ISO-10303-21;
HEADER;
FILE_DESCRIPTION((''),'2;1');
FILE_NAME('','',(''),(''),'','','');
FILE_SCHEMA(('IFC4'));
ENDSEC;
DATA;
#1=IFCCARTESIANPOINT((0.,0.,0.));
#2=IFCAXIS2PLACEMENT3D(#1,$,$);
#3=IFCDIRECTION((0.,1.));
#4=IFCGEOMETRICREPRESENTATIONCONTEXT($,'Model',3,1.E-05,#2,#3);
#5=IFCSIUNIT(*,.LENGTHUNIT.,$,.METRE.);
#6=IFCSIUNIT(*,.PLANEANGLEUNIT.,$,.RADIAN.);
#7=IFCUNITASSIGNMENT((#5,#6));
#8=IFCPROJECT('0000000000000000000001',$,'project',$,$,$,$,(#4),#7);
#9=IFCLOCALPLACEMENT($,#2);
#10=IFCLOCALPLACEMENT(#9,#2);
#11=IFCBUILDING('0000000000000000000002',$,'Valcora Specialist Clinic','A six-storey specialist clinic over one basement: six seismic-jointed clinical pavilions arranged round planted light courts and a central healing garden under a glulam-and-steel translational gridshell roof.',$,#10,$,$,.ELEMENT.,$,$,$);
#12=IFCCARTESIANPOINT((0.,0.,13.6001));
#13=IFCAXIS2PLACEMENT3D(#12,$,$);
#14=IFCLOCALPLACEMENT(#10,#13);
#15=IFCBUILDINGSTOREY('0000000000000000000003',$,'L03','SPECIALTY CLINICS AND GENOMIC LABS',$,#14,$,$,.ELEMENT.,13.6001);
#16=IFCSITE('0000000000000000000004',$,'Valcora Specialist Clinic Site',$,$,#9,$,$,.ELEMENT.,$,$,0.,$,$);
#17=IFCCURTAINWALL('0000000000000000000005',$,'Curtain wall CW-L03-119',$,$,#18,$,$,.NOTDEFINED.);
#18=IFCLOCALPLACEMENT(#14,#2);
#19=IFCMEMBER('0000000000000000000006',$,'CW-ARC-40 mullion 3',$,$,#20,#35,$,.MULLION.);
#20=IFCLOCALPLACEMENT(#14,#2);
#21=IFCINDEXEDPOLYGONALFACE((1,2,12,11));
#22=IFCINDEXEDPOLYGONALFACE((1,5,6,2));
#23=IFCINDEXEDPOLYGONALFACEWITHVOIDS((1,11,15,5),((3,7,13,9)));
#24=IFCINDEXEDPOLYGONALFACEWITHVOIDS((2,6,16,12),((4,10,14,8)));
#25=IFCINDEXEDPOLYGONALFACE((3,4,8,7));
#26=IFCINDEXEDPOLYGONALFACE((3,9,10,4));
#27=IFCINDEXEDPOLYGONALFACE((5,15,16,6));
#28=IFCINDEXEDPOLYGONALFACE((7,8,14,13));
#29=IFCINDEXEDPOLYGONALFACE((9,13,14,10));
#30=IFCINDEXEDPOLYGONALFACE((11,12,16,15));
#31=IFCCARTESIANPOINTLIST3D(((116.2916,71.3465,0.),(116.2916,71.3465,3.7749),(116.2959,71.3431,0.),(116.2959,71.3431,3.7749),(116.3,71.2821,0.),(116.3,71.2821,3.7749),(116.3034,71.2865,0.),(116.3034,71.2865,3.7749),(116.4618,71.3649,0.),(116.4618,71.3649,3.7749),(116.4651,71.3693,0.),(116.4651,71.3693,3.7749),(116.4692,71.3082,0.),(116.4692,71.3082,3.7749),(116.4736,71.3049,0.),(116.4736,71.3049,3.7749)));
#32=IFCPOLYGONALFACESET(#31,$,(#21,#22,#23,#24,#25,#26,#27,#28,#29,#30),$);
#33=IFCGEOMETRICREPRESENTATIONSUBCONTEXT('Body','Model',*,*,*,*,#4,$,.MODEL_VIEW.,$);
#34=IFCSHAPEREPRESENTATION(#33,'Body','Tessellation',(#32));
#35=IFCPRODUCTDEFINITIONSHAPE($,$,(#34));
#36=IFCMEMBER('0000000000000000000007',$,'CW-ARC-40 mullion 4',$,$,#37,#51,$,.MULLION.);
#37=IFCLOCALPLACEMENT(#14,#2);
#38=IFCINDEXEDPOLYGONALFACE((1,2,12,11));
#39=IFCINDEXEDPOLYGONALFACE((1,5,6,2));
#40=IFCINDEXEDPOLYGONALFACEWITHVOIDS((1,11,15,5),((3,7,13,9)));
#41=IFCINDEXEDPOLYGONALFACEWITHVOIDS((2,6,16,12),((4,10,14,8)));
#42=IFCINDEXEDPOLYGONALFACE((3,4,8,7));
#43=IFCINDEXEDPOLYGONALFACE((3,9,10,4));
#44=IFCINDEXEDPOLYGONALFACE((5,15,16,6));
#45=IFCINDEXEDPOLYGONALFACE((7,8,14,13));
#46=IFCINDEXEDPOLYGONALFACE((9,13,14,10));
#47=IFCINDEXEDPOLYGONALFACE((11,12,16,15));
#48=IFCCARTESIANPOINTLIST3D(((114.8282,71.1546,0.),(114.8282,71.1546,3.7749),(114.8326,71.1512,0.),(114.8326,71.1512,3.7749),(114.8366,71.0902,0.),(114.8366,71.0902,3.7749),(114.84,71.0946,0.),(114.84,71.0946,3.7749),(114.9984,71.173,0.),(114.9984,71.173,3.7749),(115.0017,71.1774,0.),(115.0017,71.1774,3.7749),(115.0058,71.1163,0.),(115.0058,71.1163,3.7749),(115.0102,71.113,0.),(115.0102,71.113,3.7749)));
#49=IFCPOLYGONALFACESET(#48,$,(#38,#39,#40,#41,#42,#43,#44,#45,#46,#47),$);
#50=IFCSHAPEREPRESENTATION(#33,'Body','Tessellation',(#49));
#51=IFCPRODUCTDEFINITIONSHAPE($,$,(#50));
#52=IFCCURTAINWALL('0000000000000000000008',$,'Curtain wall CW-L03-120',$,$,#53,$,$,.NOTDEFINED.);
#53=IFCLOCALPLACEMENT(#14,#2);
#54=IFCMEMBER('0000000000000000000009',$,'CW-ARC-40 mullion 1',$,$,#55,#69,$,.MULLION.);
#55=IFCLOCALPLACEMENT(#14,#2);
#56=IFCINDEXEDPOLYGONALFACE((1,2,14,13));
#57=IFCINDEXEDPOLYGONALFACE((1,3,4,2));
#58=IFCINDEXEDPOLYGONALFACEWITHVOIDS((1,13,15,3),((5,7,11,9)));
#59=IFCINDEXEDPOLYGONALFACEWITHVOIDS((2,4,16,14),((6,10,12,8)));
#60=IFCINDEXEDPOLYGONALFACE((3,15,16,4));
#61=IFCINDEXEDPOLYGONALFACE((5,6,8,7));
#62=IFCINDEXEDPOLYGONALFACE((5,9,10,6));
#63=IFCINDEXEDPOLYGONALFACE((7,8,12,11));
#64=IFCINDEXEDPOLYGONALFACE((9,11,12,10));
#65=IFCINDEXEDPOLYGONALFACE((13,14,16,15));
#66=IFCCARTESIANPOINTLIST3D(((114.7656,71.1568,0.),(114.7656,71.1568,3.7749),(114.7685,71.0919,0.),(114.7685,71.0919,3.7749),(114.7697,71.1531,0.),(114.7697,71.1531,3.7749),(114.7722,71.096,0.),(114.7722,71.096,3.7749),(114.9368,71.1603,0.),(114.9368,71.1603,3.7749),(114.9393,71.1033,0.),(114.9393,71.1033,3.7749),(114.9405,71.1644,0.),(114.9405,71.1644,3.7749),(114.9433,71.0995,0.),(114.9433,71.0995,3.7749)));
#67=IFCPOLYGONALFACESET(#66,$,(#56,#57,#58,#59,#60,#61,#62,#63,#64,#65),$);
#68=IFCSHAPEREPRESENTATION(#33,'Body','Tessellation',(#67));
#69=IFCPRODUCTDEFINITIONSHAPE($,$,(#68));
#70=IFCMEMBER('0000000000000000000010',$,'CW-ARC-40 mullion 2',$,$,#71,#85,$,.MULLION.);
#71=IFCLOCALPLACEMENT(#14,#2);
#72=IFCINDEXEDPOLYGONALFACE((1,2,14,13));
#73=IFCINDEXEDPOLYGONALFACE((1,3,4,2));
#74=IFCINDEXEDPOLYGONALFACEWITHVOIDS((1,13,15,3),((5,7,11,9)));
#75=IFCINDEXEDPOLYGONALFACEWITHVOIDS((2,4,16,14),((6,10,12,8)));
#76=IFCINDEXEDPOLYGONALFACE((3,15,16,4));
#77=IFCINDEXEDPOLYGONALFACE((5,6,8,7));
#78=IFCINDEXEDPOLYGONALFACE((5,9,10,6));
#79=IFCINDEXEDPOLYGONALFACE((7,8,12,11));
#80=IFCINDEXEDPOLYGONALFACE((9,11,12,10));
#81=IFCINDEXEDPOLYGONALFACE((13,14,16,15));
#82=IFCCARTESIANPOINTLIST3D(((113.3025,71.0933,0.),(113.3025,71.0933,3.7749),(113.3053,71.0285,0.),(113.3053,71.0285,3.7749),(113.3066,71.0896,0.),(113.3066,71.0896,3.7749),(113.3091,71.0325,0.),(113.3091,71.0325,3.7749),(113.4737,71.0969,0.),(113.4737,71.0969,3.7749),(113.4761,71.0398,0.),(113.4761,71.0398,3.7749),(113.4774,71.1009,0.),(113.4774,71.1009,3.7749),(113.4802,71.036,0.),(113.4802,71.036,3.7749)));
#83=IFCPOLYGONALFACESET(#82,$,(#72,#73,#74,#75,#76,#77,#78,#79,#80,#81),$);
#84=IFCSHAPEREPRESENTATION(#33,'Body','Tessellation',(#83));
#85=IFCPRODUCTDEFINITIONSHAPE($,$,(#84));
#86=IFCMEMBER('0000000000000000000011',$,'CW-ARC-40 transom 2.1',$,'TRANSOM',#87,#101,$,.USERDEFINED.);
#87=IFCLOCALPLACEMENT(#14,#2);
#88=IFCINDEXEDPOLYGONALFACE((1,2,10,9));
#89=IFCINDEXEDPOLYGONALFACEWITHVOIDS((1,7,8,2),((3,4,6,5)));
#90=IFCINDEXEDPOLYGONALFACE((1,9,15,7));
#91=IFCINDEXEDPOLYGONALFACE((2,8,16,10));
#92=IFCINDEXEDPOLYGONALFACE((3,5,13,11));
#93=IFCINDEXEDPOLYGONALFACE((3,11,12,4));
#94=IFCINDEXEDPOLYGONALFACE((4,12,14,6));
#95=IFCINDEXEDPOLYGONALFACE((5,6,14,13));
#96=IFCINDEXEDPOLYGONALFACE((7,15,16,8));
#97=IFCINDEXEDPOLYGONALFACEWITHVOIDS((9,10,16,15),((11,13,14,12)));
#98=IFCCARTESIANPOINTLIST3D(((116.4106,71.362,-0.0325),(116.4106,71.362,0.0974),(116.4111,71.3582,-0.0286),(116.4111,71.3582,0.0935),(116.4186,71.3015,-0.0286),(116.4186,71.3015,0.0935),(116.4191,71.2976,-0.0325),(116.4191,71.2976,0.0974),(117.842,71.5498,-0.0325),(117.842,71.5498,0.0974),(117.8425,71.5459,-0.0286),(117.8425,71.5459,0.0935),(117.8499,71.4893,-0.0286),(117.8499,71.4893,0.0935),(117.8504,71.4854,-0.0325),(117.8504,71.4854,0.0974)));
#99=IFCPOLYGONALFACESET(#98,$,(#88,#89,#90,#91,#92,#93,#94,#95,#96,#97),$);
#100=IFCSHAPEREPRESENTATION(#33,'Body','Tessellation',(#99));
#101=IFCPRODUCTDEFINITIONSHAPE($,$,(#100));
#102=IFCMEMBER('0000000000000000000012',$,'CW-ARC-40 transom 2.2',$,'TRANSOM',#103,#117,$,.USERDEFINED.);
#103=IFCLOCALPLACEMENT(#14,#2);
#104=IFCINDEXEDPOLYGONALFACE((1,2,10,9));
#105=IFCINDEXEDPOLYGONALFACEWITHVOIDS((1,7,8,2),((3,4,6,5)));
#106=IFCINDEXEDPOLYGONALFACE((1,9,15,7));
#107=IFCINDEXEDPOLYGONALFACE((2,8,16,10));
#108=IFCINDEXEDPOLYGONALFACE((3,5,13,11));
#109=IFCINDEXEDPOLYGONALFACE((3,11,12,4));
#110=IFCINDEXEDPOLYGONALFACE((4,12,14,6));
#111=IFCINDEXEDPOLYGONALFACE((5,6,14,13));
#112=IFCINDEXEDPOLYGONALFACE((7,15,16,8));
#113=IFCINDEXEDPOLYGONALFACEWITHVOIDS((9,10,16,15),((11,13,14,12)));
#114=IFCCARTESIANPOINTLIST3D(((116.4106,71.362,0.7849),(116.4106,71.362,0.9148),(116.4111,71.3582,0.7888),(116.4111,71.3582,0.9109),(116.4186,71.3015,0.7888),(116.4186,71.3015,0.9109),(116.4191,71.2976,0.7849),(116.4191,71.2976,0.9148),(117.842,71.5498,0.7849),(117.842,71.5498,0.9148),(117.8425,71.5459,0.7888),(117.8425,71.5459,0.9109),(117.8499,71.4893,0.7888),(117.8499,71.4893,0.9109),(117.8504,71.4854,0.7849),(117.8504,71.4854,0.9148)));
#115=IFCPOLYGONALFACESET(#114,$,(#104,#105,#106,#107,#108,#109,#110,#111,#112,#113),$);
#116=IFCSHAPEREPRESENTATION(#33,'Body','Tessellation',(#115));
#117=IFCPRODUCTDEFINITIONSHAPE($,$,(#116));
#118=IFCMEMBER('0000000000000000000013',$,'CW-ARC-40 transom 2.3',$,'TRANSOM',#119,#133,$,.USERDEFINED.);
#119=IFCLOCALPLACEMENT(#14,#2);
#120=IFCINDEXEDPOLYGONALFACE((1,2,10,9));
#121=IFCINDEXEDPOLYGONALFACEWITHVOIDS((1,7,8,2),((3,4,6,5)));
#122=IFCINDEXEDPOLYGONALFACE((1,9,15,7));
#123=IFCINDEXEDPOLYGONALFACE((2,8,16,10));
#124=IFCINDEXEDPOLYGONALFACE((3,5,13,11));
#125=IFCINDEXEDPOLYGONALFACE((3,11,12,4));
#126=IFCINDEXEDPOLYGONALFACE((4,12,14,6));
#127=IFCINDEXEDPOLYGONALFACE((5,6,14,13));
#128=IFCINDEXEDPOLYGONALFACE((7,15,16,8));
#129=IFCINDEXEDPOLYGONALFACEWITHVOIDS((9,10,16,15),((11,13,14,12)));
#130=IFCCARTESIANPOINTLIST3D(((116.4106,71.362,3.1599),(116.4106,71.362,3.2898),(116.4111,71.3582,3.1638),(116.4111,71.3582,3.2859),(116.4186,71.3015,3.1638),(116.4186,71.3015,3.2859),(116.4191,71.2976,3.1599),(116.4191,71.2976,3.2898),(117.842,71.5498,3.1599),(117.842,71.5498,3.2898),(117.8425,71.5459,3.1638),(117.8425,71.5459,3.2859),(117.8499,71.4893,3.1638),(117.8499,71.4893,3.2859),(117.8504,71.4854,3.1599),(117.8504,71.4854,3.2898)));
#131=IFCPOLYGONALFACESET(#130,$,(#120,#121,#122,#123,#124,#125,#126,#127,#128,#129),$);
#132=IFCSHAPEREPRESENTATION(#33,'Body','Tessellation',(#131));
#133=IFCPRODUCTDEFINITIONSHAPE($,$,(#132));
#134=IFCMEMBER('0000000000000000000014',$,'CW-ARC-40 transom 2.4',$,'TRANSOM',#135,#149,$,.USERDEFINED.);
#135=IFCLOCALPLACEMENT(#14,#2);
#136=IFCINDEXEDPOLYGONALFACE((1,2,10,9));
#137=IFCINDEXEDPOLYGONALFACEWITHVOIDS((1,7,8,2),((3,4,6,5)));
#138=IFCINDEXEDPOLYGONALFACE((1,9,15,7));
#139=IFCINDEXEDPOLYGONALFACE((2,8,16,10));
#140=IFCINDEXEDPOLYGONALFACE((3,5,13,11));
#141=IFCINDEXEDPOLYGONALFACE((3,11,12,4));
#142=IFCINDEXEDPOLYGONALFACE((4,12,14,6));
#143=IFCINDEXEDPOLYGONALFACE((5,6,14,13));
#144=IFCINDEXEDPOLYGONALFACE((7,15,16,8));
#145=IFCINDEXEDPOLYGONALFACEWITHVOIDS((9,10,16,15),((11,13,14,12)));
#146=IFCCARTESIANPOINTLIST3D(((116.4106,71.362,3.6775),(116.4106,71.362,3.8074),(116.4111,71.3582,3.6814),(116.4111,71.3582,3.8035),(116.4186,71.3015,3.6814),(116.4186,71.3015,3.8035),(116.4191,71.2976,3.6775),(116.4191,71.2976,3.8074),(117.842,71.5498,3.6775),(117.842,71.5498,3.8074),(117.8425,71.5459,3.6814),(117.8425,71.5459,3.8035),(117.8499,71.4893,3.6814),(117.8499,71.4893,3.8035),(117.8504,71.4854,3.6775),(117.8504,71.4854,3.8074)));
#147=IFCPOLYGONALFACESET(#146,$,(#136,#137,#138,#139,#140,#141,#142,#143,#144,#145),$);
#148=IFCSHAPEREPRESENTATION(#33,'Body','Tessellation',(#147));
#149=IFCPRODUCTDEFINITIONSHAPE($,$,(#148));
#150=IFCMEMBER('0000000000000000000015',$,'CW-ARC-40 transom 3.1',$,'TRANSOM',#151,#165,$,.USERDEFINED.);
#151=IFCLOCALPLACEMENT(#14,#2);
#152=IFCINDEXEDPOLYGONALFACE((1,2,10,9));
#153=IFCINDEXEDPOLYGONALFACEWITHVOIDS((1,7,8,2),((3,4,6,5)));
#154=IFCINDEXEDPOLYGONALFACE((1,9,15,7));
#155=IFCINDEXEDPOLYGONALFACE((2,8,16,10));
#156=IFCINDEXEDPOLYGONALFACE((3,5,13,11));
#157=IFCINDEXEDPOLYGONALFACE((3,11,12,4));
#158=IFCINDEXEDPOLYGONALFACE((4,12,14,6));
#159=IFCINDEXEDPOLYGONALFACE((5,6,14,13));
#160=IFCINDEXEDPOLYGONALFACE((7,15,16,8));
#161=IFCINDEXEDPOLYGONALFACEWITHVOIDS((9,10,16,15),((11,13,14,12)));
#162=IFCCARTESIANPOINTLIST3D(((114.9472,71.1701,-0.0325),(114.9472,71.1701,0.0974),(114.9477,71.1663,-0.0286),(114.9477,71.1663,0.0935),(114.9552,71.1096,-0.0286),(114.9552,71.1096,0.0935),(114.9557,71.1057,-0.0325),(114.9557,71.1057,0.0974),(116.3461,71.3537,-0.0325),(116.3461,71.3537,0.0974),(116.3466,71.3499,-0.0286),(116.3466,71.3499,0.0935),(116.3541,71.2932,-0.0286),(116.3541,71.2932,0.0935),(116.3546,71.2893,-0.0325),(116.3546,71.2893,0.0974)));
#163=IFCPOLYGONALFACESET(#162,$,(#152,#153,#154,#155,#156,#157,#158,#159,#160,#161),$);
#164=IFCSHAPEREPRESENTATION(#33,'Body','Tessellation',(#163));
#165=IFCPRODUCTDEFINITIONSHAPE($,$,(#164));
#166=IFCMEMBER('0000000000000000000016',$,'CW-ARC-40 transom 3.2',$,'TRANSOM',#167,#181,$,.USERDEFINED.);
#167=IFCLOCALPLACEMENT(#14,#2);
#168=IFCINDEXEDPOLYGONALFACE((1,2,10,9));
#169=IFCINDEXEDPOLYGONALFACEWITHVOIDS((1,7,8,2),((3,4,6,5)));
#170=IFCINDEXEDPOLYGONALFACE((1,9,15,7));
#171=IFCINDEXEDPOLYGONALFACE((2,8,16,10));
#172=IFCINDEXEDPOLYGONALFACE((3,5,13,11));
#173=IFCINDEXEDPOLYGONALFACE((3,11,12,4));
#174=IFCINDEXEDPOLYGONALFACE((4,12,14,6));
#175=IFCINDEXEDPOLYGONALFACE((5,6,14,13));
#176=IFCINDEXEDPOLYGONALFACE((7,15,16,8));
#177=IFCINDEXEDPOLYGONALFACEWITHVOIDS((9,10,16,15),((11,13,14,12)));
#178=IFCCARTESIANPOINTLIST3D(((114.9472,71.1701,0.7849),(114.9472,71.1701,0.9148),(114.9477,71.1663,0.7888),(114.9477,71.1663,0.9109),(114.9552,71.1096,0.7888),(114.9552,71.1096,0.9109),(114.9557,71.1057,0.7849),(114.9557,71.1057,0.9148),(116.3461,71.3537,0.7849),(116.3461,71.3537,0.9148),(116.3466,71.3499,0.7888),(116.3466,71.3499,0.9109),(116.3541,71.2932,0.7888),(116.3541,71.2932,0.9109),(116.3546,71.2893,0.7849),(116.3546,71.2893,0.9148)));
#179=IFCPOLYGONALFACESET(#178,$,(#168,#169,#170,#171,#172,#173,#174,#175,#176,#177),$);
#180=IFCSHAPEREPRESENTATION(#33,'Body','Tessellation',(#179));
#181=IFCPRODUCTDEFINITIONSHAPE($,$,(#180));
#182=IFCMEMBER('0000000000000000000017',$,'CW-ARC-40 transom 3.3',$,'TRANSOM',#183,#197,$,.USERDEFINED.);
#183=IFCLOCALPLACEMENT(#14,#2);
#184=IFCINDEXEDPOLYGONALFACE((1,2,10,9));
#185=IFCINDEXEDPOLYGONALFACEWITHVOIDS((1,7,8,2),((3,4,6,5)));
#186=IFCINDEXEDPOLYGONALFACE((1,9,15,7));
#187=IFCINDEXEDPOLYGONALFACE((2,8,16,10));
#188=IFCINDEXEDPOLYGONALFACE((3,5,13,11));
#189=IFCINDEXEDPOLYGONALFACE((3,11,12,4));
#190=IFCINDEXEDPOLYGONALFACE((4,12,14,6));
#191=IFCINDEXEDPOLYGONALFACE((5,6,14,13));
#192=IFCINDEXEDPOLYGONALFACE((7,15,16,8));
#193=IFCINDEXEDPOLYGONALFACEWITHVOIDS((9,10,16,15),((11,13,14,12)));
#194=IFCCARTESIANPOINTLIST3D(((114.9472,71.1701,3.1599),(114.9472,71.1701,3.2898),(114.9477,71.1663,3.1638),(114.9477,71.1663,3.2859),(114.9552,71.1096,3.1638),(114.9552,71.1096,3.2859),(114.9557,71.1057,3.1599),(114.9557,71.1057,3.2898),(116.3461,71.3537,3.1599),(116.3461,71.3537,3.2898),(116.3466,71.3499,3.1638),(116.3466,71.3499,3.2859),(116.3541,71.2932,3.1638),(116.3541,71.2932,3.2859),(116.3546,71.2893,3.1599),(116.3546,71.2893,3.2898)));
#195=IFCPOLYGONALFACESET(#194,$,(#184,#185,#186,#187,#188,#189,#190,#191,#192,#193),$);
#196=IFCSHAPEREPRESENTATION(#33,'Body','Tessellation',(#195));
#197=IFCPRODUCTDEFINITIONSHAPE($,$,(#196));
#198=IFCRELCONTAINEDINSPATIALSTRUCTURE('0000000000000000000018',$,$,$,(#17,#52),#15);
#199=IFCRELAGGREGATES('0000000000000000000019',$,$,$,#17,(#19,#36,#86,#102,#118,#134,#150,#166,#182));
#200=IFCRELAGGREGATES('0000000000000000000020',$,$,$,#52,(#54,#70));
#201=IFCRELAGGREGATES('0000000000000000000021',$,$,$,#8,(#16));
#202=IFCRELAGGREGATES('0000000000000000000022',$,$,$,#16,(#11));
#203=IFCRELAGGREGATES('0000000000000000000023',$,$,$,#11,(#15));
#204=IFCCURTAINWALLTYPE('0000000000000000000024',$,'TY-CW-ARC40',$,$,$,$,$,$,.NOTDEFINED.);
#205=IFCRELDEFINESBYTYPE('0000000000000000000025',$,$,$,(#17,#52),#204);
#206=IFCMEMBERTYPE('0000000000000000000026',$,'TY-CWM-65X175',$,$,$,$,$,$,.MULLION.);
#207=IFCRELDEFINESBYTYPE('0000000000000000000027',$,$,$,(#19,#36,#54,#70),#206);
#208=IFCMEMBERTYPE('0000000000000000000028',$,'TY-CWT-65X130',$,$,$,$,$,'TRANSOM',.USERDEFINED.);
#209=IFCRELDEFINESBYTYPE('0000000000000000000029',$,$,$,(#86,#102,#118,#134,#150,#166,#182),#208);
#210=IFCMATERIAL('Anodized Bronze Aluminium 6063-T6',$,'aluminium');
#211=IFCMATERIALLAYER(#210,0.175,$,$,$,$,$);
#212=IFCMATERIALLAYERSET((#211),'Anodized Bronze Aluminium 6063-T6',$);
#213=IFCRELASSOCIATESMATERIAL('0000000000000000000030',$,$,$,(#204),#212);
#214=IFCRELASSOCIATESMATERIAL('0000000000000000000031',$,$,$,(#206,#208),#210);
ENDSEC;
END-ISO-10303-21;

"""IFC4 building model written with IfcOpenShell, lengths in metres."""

from ifc_helpers import new_model, si_unit, direction, frame, origin, origin_2d, place, context, subcontext, project, spatial, hollow_rectangle, extrude, material, layer, layer_set, material_profile, profile_set, type_object, element, aggregate, save


model = new_model("IFC4")

# Units and contexts
model_context = context("Model", 3, precision=1e-05, world=origin(), true_north=direction((0.0, 1.0)))
body_context = subcontext(model_context, "Body", "Model", "MODEL_VIEW")
ifc_project = project(units=[si_unit("LENGTHUNIT", "METRE"), si_unit("PLANEANGLEUNIT", "RADIAN")], contexts=[model_context])

# Site, building, storey
site_placement = place(None, origin())
site = spatial("IfcSite", under=ifc_project, at=site_placement, Name="Valcora Specialist Clinic Site", CompositionType="ELEMENT", RefElevation=0.0)
building_placement = place(site_placement, origin())
building = spatial("IfcBuilding", under=site, at=building_placement, Name="Valcora Specialist Clinic", Description="A six-storey specialist clinic over one basement: six seismic-jointed clinical pavilions arranged round planted light courts and a central healing garden under a glulam-and-steel translational gridshell roof.", CompositionType="ELEMENT")
storey_placement = place(building_placement, frame((0.0, 0.0, 13.6001)))
storey = spatial("IfcBuildingStorey", under=building, at=storey_placement, Name="L03", Description="SPECIALTY CLINICS AND GENOMIC LABS", CompositionType="ELEMENT", Elevation=13.6001)

# Curtain walls, members
ifc_material_1 = material(Name="Anodized Bronze Aluminium 6063-T6", Category="aluminium")
ifc_layer_1 = layer(ifc_material_1, 0.175)
ifc_layer_set_1 = layer_set([ifc_layer_1], Name="Anodized Bronze Aluminium 6063-T6")
curtain_wall_type = type_object("IfcCurtainWallType", Name="TY-CW-ARC40", PredefinedType="NOTDEFINED", material=ifc_layer_set_1)
curtain_wall_1_placement = place(storey_placement, origin())
curtain_wall_1 = element("IfcCurtainWall", 1, at=curtain_wall_1_placement, inside=storey, type_object=curtain_wall_type, Name="Curtain wall CW-L03-119", PredefinedType="NOTDEFINED")
ifc_material_profile_1 = material_profile(ifc_material_1, hollow_rectangle(XDim=0.0649, YDim=0.175, WallThickness=0.0039, at=origin_2d()), Name="AL-MUL-65X175")
ifc_profile_set_1 = profile_set([ifc_material_profile_1], Name="Anodized Bronze Aluminium 6063-T6")
member_type_1 = type_object("IfcMemberType", Name="TY-CWM-65X175", PredefinedType="MULLION", material=ifc_profile_set_1)
member_1_placement = place(storey_placement, frame((116.3826, 71.3257, 0.0), z_axis=(0.0, 0.0, 1.0), x_axis=(0.129999, -0.991514, 0.0)))
member_1 = element("IfcMember", 2, at=member_1_placement, type_object=member_type_1, Name="CW-ARC-40 mullion 3", PredefinedType="MULLION", context=body_context, shape_type="SweptSolid", body=[
    extrude(hollow_rectangle(XDim=0.0649, YDim=0.175, WallThickness=0.0039, at=origin_2d()), origin(), (0.0, 0.0, 1.0), 3.7749),
])
member_2_placement = place(storey_placement, frame((114.9192, 71.1338, 0.0), z_axis=(0.0, 0.0, 1.0), x_axis=(0.129999, -0.991514, 0.0)))
member_2 = element("IfcMember", 3, at=member_2_placement, type_object=member_type_1, Name="CW-ARC-40 mullion 4", PredefinedType="MULLION", context=body_context, shape_type="SweptSolid", body=[
    extrude(hollow_rectangle(XDim=0.0649, YDim=0.175, WallThickness=0.0039, at=origin_2d()), origin(), (0.0, 0.0, 1.0), 3.7749),
])
curtain_wall_2_placement = place(storey_placement, origin())
curtain_wall_2 = element("IfcCurtainWall", 4, at=curtain_wall_2_placement, inside=storey, type_object=curtain_wall_type, Name="Curtain wall CW-L03-120", PredefinedType="NOTDEFINED")
member_3_placement = place(storey_placement, frame((114.8545, 71.1282, 0.0), z_axis=(0.0, 0.0, 1.0), x_axis=(0.043307, -0.999062, 0.0)))
member_3 = element("IfcMember", 5, at=member_3_placement, type_object=member_type_1, Name="CW-ARC-40 mullion 1", PredefinedType="MULLION", context=body_context, shape_type="SweptSolid", body=[
    extrude(hollow_rectangle(XDim=0.0649, YDim=0.175, WallThickness=0.0039, at=origin_2d()), origin(), (0.0, 0.0, 1.0), 3.7749),
])
member_4_placement = place(storey_placement, frame((113.3914, 71.0647, 0.0), z_axis=(0.0, 0.0, 1.0), x_axis=(0.043307, -0.999062, 0.0)))
member_4 = element("IfcMember", 6, at=member_4_placement, type_object=member_type_1, Name="CW-ARC-40 mullion 2", PredefinedType="MULLION", context=body_context, shape_type="SweptSolid", body=[
    extrude(hollow_rectangle(XDim=0.0649, YDim=0.175, WallThickness=0.0039, at=origin_2d()), origin(), (0.0, 0.0, 1.0), 3.7749),
])

# Members
ifc_material_profile_2 = material_profile(ifc_material_1, hollow_rectangle(XDim=0.0649, YDim=0.1299, WallThickness=0.0039, at=origin_2d()), Name="AL-TRN-65X130")
ifc_profile_set_2 = profile_set([ifc_material_profile_2], Name="Anodized Bronze Aluminium 6063-T6")
member_type_2 = type_object("IfcMemberType", Name="TY-CWT-65X130", ElementType="TRANSOM", PredefinedType="USERDEFINED", material=ifc_profile_set_2)
member_5_placement = place(storey_placement, frame((117.8462, 71.5176, 0.0325), z_axis=(-0.991508, -0.130048, 0.0), x_axis=(0.130048, -0.991508, 0.0)))
member_5 = element("IfcMember", 7, at=member_5_placement, type_object=member_type_2, Name="CW-ARC-40 transom 2.1", ObjectType="TRANSOM", PredefinedType="USERDEFINED", context=body_context, shape_type="SweptSolid", body=[
    extrude(hollow_rectangle(XDim=0.0649, YDim=0.1299, WallThickness=0.0039, at=origin_2d()), origin(), (0.0, 0.0, 1.0), 1.4436),
])
member_6_placement = place(storey_placement, frame((117.8462, 71.5176, 0.8499), z_axis=(-0.991508, -0.130048, 0.0), x_axis=(0.130048, -0.991508, 0.0)))
member_6 = element("IfcMember", 8, at=member_6_placement, type_object=member_type_2, Name="CW-ARC-40 transom 2.2", ObjectType="TRANSOM", PredefinedType="USERDEFINED", context=body_context, shape_type="SweptSolid", body=[
    extrude(hollow_rectangle(XDim=0.0649, YDim=0.1299, WallThickness=0.0039, at=origin_2d()), origin(), (0.0, 0.0, 1.0), 1.4436),
])
member_7_placement = place(storey_placement, frame((117.8462, 71.5176, 3.2249), z_axis=(-0.991508, -0.130048, 0.0), x_axis=(0.130048, -0.991508, 0.0)))
member_7 = element("IfcMember", 9, at=member_7_placement, type_object=member_type_2, Name="CW-ARC-40 transom 2.3", ObjectType="TRANSOM", PredefinedType="USERDEFINED", context=body_context, shape_type="SweptSolid", body=[
    extrude(hollow_rectangle(XDim=0.0649, YDim=0.1299, WallThickness=0.0039, at=origin_2d()), origin(), (0.0, 0.0, 1.0), 1.4436),
])
member_8_placement = place(storey_placement, frame((117.8462, 71.5176, 3.7424), z_axis=(-0.991508, -0.130048, 0.0), x_axis=(0.130048, -0.991508, 0.0)))
member_8 = element("IfcMember", 10, at=member_8_placement, type_object=member_type_2, Name="CW-ARC-40 transom 2.4", ObjectType="TRANSOM", PredefinedType="USERDEFINED", context=body_context, shape_type="SweptSolid", body=[
    extrude(hollow_rectangle(XDim=0.0649, YDim=0.1299, WallThickness=0.0039, at=origin_2d()), origin(), (0.0, 0.0, 1.0), 1.4436),
])
member_9_placement = place(storey_placement, frame((116.3503, 71.3215, 0.0325), z_axis=(-0.991498, -0.130123, 0.0), x_axis=(0.130123, -0.991498, 0.0)))
member_9 = element("IfcMember", 11, at=member_9_placement, type_object=member_type_2, Name="CW-ARC-40 transom 3.1", ObjectType="TRANSOM", PredefinedType="USERDEFINED", context=body_context, shape_type="SweptSolid", body=[
    extrude(hollow_rectangle(XDim=0.0649, YDim=0.1299, WallThickness=0.0039, at=origin_2d()), origin(), (0.0, 0.0, 1.0), 1.4109),
])
member_10_placement = place(storey_placement, frame((116.3503, 71.3215, 0.8499), z_axis=(-0.991498, -0.130123, 0.0), x_axis=(0.130123, -0.991498, 0.0)))
member_10 = element("IfcMember", 12, at=member_10_placement, type_object=member_type_2, Name="CW-ARC-40 transom 3.2", ObjectType="TRANSOM", PredefinedType="USERDEFINED", context=body_context, shape_type="SweptSolid", body=[
    extrude(hollow_rectangle(XDim=0.0649, YDim=0.1299, WallThickness=0.0039, at=origin_2d()), origin(), (0.0, 0.0, 1.0), 1.4109),
])
member_11_placement = place(storey_placement, frame((116.3503, 71.3215, 3.2249), z_axis=(-0.991498, -0.130123, 0.0), x_axis=(0.130123, -0.991498, 0.0)))
member_11 = element("IfcMember", 13, at=member_11_placement, type_object=member_type_2, Name="CW-ARC-40 transom 3.3", ObjectType="TRANSOM", PredefinedType="USERDEFINED", context=body_context, shape_type="SweptSolid", body=[
    extrude(hollow_rectangle(XDim=0.0649, YDim=0.1299, WallThickness=0.0039, at=origin_2d()), origin(), (0.0, 0.0, 1.0), 1.4109),
])

aggregate(curtain_wall_1, [member_1, member_2, member_5, member_6, member_7, member_8, member_9, member_10, member_11])
aggregate(curtain_wall_2, [member_3, member_4])

save(model, "model.ifc")
